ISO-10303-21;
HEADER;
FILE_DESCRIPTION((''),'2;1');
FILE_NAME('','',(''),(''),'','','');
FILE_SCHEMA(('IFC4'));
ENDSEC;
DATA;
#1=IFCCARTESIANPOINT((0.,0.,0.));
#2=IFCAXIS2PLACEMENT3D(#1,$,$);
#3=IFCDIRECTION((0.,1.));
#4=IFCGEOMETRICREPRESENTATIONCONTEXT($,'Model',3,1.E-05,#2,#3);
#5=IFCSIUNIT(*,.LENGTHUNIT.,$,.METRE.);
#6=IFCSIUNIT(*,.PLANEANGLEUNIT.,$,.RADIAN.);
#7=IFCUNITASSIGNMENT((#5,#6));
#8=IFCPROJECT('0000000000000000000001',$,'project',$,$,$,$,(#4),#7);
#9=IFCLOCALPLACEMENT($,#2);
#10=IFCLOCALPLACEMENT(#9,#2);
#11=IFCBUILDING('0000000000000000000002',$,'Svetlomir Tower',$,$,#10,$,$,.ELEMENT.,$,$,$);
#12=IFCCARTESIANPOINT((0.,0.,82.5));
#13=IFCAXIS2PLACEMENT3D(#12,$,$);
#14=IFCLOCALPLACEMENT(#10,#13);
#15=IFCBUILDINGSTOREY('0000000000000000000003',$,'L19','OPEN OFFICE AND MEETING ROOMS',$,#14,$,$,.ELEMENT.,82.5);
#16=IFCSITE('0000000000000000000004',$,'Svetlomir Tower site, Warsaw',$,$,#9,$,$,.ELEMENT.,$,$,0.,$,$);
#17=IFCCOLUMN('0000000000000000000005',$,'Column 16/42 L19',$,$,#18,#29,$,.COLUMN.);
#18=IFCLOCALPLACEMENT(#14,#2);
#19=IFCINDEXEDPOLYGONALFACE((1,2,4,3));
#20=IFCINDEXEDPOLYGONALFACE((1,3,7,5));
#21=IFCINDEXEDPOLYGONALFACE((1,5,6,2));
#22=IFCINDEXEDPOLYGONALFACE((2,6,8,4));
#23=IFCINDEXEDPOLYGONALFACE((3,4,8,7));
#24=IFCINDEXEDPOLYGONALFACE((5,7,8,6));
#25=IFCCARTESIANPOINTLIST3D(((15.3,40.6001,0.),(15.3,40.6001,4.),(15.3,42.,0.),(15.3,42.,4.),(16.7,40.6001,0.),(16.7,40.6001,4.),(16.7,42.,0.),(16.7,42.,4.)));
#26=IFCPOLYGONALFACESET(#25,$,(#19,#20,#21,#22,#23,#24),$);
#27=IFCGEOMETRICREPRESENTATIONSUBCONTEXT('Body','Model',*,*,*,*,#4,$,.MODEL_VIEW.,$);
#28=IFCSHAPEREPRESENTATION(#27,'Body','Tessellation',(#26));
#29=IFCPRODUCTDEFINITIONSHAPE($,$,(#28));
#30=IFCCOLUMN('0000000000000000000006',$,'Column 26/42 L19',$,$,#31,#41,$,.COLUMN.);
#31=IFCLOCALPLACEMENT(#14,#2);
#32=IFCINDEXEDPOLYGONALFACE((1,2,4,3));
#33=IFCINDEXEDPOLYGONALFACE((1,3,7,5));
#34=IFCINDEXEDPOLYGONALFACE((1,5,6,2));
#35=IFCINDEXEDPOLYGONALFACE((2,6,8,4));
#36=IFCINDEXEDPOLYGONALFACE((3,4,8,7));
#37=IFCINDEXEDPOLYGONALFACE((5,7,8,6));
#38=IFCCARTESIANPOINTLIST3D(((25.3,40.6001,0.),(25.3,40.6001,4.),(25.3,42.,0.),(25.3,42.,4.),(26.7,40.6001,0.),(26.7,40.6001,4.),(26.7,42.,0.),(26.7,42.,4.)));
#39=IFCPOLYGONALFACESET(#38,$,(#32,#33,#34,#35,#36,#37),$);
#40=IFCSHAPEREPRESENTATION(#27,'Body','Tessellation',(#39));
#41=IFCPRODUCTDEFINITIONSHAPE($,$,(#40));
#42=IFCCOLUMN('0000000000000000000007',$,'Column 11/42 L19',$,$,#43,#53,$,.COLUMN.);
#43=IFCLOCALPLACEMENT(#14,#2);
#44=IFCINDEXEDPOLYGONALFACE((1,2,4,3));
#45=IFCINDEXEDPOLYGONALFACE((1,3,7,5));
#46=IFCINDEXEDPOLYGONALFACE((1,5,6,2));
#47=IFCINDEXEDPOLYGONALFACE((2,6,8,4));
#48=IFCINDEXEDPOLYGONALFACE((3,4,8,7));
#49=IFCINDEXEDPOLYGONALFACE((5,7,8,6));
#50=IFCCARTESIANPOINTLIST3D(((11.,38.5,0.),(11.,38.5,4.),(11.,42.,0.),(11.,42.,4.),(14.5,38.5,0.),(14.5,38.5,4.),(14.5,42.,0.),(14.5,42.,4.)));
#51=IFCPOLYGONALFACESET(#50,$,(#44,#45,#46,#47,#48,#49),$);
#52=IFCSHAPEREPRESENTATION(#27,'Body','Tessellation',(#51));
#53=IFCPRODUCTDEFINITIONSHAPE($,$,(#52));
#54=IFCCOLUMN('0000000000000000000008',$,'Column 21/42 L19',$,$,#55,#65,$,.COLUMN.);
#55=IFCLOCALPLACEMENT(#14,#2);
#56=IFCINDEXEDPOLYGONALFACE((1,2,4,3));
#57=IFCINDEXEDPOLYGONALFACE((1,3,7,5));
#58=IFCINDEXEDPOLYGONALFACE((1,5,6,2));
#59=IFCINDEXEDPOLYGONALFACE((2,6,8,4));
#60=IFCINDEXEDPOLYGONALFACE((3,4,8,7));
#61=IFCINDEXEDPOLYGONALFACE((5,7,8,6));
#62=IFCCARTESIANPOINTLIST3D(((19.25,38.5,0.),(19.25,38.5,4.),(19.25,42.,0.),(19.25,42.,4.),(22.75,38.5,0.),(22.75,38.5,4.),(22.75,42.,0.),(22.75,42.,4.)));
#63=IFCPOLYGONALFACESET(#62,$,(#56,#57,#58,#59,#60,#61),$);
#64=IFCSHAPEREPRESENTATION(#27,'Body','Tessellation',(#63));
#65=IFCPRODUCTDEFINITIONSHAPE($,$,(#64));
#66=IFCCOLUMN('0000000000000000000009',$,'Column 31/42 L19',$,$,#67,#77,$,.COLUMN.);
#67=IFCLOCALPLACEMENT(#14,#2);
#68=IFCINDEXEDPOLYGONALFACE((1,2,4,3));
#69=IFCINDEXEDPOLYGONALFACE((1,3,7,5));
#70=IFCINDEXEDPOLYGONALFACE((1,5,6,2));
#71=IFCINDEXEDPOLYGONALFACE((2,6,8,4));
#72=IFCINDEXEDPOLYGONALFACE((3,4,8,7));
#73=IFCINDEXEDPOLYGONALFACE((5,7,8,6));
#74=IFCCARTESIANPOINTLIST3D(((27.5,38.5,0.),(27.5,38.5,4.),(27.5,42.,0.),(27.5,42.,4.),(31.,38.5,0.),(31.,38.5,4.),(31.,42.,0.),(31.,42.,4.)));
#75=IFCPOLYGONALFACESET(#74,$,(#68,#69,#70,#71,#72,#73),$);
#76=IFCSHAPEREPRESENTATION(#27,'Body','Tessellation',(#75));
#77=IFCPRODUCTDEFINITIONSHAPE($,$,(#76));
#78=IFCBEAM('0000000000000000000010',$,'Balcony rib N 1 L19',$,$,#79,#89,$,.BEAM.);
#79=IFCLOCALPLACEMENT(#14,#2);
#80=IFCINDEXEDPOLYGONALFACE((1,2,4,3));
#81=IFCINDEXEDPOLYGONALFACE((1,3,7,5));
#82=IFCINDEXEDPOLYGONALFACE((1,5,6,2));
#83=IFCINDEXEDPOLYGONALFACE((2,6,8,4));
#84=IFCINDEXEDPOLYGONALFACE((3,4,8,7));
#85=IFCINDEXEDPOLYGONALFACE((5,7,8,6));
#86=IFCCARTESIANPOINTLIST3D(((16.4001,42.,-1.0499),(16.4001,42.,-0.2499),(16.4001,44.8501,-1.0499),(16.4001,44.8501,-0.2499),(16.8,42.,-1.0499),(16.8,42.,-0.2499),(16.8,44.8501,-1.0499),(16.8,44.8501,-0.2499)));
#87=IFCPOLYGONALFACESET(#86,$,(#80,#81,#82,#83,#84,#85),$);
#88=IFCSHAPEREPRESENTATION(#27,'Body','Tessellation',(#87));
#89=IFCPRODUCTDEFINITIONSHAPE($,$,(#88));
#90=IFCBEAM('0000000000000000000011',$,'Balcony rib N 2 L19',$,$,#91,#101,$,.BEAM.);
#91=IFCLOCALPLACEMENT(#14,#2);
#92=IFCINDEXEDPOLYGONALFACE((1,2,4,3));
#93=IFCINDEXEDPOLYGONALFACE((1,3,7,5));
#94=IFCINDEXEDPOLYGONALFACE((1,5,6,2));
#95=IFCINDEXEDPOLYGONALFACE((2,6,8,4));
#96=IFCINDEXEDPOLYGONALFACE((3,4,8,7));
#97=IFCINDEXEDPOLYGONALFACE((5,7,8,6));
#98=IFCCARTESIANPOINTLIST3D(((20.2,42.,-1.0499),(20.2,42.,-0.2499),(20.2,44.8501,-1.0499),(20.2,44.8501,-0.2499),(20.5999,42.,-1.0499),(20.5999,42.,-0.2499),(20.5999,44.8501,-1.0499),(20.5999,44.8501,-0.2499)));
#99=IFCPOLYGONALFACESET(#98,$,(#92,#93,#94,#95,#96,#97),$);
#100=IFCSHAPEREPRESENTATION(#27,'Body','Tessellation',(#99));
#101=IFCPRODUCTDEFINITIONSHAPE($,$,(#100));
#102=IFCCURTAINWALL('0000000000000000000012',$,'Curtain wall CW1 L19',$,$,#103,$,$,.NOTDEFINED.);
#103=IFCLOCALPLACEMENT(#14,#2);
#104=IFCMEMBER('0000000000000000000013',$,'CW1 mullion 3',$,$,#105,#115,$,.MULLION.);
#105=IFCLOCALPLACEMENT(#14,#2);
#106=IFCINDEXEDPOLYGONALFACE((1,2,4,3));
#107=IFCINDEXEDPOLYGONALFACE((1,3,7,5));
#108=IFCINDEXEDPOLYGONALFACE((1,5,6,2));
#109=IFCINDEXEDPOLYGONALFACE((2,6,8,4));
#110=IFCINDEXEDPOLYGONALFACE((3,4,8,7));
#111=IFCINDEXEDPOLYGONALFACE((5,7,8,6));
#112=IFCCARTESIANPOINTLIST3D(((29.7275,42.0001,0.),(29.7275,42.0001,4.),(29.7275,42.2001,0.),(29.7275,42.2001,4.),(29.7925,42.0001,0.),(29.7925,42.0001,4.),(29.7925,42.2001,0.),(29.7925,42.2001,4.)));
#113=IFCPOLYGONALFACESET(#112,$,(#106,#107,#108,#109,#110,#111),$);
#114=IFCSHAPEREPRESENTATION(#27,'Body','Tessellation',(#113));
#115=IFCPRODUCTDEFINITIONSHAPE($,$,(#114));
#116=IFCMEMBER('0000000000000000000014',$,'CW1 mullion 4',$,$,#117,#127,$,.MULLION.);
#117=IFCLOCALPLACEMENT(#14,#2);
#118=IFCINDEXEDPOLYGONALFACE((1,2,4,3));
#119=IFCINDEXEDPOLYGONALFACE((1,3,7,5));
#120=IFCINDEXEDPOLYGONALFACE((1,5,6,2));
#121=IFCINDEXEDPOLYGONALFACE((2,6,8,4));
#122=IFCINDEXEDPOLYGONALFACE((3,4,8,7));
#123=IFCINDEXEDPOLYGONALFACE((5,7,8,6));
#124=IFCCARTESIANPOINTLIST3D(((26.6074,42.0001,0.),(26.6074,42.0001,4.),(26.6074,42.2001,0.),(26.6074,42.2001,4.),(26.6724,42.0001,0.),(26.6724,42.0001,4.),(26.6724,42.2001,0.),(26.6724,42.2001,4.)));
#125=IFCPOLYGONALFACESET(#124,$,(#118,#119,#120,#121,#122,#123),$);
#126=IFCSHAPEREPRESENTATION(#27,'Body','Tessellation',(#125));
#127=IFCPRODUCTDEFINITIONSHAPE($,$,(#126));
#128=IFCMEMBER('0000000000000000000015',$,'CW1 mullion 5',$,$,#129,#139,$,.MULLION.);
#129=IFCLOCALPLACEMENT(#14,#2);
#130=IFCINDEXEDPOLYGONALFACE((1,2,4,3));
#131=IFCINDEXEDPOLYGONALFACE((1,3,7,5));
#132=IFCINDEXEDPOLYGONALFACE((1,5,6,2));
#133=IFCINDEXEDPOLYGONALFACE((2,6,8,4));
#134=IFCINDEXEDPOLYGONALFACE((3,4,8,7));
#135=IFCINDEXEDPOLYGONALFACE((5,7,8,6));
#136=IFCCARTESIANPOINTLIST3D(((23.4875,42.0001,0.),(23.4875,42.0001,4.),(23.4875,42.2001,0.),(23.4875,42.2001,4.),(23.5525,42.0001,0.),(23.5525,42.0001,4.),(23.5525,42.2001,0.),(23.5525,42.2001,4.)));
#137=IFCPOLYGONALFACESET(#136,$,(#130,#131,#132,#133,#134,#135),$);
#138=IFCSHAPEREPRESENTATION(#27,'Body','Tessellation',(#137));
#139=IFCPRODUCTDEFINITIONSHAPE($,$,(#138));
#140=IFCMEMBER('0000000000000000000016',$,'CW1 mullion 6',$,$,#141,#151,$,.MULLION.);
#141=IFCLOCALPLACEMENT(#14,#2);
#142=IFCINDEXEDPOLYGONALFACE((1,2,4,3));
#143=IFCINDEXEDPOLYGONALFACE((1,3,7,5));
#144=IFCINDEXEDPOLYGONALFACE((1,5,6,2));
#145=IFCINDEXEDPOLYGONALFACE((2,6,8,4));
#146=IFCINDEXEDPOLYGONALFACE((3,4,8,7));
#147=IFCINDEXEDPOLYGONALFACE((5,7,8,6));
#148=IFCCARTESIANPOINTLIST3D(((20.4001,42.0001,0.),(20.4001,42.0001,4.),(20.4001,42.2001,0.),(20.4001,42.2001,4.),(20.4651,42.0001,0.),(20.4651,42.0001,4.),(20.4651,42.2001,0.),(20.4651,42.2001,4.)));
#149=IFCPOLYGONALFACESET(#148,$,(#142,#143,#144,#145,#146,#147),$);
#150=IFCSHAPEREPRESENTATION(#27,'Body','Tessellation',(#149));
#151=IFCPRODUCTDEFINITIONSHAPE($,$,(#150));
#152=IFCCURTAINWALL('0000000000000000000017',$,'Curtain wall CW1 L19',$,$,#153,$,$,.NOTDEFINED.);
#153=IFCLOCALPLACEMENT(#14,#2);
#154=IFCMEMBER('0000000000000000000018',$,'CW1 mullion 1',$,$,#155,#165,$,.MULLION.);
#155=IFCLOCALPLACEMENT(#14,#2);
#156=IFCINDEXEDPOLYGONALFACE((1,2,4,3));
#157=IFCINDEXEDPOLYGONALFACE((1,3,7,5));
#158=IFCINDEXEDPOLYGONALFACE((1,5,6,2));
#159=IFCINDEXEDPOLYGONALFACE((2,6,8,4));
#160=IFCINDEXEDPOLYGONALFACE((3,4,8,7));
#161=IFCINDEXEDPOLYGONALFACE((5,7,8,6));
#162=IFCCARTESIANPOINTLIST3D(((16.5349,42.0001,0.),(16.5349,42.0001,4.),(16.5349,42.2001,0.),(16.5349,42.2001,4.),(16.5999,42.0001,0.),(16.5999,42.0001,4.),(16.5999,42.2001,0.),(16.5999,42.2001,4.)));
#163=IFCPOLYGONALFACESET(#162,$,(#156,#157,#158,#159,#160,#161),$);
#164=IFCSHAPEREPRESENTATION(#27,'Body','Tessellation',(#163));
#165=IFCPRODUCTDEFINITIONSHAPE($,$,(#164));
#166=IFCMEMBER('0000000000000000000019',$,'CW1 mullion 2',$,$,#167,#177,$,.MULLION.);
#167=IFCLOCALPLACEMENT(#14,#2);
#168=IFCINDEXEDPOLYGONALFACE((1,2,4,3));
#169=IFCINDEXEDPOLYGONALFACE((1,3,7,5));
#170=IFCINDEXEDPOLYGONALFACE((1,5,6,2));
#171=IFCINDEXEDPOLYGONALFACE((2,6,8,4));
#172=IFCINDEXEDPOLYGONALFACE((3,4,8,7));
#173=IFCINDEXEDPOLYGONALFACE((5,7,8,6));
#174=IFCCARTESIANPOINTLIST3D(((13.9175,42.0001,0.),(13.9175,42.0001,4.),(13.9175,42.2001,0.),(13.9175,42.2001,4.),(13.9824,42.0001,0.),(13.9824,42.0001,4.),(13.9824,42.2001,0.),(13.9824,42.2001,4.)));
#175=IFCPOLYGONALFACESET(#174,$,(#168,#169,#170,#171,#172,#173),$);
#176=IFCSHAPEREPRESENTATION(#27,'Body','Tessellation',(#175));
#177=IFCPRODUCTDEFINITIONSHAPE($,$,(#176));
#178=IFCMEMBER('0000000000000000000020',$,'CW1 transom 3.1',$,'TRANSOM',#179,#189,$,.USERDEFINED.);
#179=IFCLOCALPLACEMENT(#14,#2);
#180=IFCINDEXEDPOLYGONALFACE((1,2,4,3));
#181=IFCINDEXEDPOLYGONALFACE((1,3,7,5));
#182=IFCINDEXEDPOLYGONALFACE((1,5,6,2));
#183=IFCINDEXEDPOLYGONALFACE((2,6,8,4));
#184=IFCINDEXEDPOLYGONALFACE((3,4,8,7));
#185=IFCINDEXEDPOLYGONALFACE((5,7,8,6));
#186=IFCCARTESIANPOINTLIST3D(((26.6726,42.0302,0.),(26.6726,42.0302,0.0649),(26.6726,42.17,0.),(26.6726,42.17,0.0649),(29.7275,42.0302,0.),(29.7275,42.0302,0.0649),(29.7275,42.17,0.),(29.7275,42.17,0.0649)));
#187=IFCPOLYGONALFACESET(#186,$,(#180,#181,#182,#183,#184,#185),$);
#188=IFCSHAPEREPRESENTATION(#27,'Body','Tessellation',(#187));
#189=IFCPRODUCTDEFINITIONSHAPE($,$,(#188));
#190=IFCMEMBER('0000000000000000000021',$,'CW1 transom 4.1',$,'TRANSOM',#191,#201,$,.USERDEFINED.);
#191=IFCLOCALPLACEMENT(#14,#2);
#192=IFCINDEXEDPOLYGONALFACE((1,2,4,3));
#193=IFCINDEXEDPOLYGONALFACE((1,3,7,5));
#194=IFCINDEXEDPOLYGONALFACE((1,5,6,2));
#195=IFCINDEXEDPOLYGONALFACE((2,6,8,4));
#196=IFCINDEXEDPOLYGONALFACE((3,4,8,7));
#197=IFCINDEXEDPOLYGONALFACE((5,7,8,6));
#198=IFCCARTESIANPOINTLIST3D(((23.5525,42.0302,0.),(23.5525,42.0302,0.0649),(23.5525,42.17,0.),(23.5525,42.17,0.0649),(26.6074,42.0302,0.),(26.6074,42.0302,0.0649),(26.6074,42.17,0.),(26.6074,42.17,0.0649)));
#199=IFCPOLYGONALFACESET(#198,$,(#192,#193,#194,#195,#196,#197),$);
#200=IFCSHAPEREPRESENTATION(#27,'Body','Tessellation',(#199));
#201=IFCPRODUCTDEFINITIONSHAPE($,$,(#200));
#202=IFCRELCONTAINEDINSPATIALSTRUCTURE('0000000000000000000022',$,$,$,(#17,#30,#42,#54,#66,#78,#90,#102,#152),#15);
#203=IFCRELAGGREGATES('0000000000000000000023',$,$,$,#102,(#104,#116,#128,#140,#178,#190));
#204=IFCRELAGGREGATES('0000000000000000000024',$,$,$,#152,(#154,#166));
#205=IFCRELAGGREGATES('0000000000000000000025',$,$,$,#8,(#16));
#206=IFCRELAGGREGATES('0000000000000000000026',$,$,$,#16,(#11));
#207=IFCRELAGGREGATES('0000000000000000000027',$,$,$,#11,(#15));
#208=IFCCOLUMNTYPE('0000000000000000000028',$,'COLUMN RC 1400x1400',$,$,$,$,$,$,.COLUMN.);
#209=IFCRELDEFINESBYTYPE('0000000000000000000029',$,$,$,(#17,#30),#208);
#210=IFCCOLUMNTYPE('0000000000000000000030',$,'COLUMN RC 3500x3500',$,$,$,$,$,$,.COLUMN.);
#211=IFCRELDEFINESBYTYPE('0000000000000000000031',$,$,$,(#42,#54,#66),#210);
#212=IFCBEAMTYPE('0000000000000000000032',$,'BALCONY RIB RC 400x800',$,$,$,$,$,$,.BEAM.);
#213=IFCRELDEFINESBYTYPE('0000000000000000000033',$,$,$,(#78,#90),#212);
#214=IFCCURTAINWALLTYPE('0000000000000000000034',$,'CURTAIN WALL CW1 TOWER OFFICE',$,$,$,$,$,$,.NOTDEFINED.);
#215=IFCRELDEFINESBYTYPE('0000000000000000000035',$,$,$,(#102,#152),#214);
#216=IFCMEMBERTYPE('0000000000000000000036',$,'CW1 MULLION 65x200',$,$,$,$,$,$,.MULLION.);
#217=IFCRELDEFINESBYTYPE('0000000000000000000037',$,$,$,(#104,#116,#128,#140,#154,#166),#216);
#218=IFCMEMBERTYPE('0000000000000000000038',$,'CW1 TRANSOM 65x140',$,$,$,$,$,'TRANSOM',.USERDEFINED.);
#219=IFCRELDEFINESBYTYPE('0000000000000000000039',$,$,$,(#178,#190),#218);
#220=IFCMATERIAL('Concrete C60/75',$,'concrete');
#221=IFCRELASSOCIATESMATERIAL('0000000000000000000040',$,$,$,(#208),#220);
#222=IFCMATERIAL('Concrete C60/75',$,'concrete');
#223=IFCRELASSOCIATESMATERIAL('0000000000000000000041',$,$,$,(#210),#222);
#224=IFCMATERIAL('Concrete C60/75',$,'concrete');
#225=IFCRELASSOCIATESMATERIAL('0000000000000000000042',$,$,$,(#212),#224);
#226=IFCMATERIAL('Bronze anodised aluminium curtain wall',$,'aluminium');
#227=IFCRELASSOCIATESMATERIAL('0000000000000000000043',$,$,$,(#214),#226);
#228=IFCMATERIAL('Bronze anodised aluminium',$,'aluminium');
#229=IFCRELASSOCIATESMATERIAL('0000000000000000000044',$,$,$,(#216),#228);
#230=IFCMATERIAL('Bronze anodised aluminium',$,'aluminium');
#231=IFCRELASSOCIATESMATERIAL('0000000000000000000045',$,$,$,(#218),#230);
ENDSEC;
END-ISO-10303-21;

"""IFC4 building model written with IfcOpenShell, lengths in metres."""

from ifc_helpers import new_model, si_unit, direction, frame, origin, origin_2d, place, context, subcontext, project, spatial, rectangle, extrude, material, material_profile, profile_set, type_object, element, aggregate, save


model = new_model("IFC4")

# Units and contexts
model_context = context("Model", 3, precision=1e-05, world=origin(), true_north=direction((0.0, 1.0)))
body_context = subcontext(model_context, "Body", "Model", "MODEL_VIEW")
ifc_project = project(units=[si_unit("LENGTHUNIT", "METRE"), si_unit("PLANEANGLEUNIT", "RADIAN")], contexts=[model_context])

# Site, building, storey
site_placement = place(None, origin())
site = spatial("IfcSite", under=ifc_project, at=site_placement, Name="Svetlomir Tower site, Warsaw", CompositionType="ELEMENT", RefElevation=0.0)
building_placement = place(site_placement, origin())
building = spatial("IfcBuilding", under=site, at=building_placement, Name="Svetlomir Tower", CompositionType="ELEMENT")
storey_placement = place(building_placement, frame((0.0, 0.0, 82.5)))
storey = spatial("IfcBuildingStorey", under=building, at=storey_placement, Name="L19", Description="OPEN OFFICE AND MEETING ROOMS", CompositionType="ELEMENT", Elevation=82.5)

# Columns
ifc_material_1 = material(Name="Concrete C60/75", Category="concrete")
ifc_material_profile_1 = material_profile(ifc_material_1, rectangle(XDim=1.3999, YDim=1.3999, at=origin_2d()), Name="RC 1400x1400")
ifc_profile_set_1 = profile_set([ifc_material_profile_1], Name="Concrete C60/75")
column_type_1 = type_object("IfcColumnType", Name="COLUMN RC 1400x1400", PredefinedType="COLUMN", material=ifc_profile_set_1)
for number, where, z_axis, x_axis, name in (
    (1, (16.0, 41.3, 0.0), (0.0, 0.0, 1.0), (1.0, 0.0, 0.0), "Column 16/42 L19"),
    (2, (26.0, 41.3, 0.0), (0.0, 0.0, 1.0), (1.0, 0.0, 0.0), "Column 26/42 L19"),
):
    element("IfcColumn", number, at=place(storey_placement, frame(where, z_axis=z_axis, x_axis=x_axis)), inside=storey, type_object=column_type_1, Name=name, PredefinedType="COLUMN", context=body_context, shape_type="SweptSolid", body=[
        extrude(rectangle(XDim=1.3999, YDim=1.3999, at=origin_2d()), origin(), (0.0, 0.0, 1.0), 4.0),
    ])
ifc_material_2 = material(Name="Concrete C60/75", Category="concrete")
ifc_material_profile_2 = material_profile(ifc_material_2, rectangle(XDim=3.5, YDim=3.5, at=origin_2d()), Name="RC 3500x3500")
ifc_profile_set_2 = profile_set([ifc_material_profile_2], Name="Concrete C60/75")
column_type_2 = type_object("IfcColumnType", Name="COLUMN RC 3500x3500", PredefinedType="COLUMN", material=ifc_profile_set_2)
for number, where, z_axis, x_axis, name in (
    (3, (12.75, 40.25, 0.0), (0.0, 0.0, 1.0), (1.0, 0.0, 0.0), "Column 11/42 L19"),
    (4, (21.0, 40.25, 0.0), (0.0, 0.0, 1.0), (1.0, 0.0, 0.0), "Column 21/42 L19"),
    (5, (29.25, 40.25, 0.0), (0.0, 0.0, 1.0), (1.0, 0.0, 0.0), "Column 31/42 L19"),
):
    element("IfcColumn", number, at=place(storey_placement, frame(where, z_axis=z_axis, x_axis=x_axis)), inside=storey, type_object=column_type_2, Name=name, PredefinedType="COLUMN", context=body_context, shape_type="SweptSolid", body=[
        extrude(rectangle(XDim=3.5, YDim=3.5, at=origin_2d()), origin(), (0.0, 0.0, 1.0), 4.0),
    ])

# Beams
ifc_material_3 = material(Name="Concrete C60/75", Category="concrete")
ifc_material_profile_3 = material_profile(ifc_material_3, rectangle(XDim=0.3999, YDim=0.8, at=origin_2d()), Name="RC 400x800")
ifc_profile_set_3 = profile_set([ifc_material_profile_3], Name="Concrete C60/75")
beam_type_1 = type_object("IfcBeamType", Name="BALCONY RIB RC 400x800", PredefinedType="BEAM", material=ifc_profile_set_3)
for number, where, z_axis, x_axis, name in (
    (6, (16.6001, 42.0, -0.6499), (0.0, 1.0, 0.0), (-1.0, 0.0, 0.0), "Balcony rib N 1 L19"),
    (7, (20.3999, 42.0, -0.6499), (0.0, 1.0, 0.0), (-1.0, 0.0, 0.0), "Balcony rib N 2 L19"),
):
    element("IfcBeam", number, at=place(storey_placement, frame(where, z_axis=z_axis, x_axis=x_axis)), inside=storey, type_object=beam_type_1, Name=name, PredefinedType="BEAM", context=body_context, shape_type="SweptSolid", body=[
        extrude(rectangle(XDim=0.3999, YDim=0.8, at=origin_2d()), origin(), (0.0, 0.0, 1.0), 2.8501),
    ])

# Curtain walls, members
ifc_material_4 = material(Name="Bronze anodised aluminium curtain wall", Category="aluminium")
curtain_wall_type = type_object("IfcCurtainWallType", Name="CURTAIN WALL CW1 TOWER OFFICE", PredefinedType="NOTDEFINED", material=ifc_material_4)
curtain_wall_1_placement = place(storey_placement, origin())
curtain_wall_1 = element("IfcCurtainWall", 8, at=curtain_wall_1_placement, inside=storey, type_object=curtain_wall_type, Name="Curtain wall CW1 L19", PredefinedType="NOTDEFINED")
ifc_material_5 = material(Name="Bronze anodised aluminium", Category="aluminium")
ifc_material_profile_4 = material_profile(ifc_material_5, rectangle(XDim=0.0649, YDim=0.2, at=origin_2d()), Name="AL 65x200")
ifc_profile_set_4 = profile_set([ifc_material_profile_4], Name="Bronze anodised aluminium 6063-T6")
member_type_1 = type_object("IfcMemberType", Name="CW1 MULLION 65x200", PredefinedType="MULLION", material=ifc_profile_set_4)
member_1_placement = place(storey_placement, frame((29.76, 42.1001, 0.0), z_axis=(0.0, 0.0, 1.0), x_axis=(-1.0, 0.0, 0.0)))
member_1 = element("IfcMember", 9, at=member_1_placement, type_object=member_type_1, Name="CW1 mullion 3", PredefinedType="MULLION", context=body_context, shape_type="SweptSolid", body=[
    extrude(rectangle(XDim=0.0649, YDim=0.2, at=origin_2d()), origin(), (0.0, 0.0, 1.0), 4.0),
])
member_2_placement = place(storey_placement, frame((26.6399, 42.1001, 0.0), z_axis=(0.0, 0.0, 1.0), x_axis=(-1.0, 0.0, 0.0)))
member_2 = element("IfcMember", 10, at=member_2_placement, type_object=member_type_1, Name="CW1 mullion 4", PredefinedType="MULLION", context=body_context, shape_type="SweptSolid", body=[
    extrude(rectangle(XDim=0.0649, YDim=0.2, at=origin_2d()), origin(), (0.0, 0.0, 1.0), 4.0),
])
member_3_placement = place(storey_placement, frame((23.52, 42.1001, 0.0), z_axis=(0.0, 0.0, 1.0), x_axis=(-1.0, 0.0, 0.0)))
member_3 = element("IfcMember", 11, at=member_3_placement, type_object=member_type_1, Name="CW1 mullion 5", PredefinedType="MULLION", context=body_context, shape_type="SweptSolid", body=[
    extrude(rectangle(XDim=0.0649, YDim=0.2, at=origin_2d()), origin(), (0.0, 0.0, 1.0), 4.0),
])
member_4_placement = place(storey_placement, frame((20.4326, 42.1001, 0.0), z_axis=(0.0, 0.0, 1.0), x_axis=(-1.0, 0.0, 0.0)))
member_4 = element("IfcMember", 12, at=member_4_placement, type_object=member_type_1, Name="CW1 mullion 6", PredefinedType="MULLION", context=body_context, shape_type="SweptSolid", body=[
    extrude(rectangle(XDim=0.0649, YDim=0.2, at=origin_2d()), origin(), (0.0, 0.0, 1.0), 4.0),
])
curtain_wall_2_placement = place(storey_placement, origin())
curtain_wall_2 = element("IfcCurtainWall", 13, at=curtain_wall_2_placement, inside=storey, type_object=curtain_wall_type, Name="Curtain wall CW1 L19", PredefinedType="NOTDEFINED")
member_5_placement = place(storey_placement, frame((16.5674, 42.1001, 0.0), z_axis=(0.0, 0.0, 1.0), x_axis=(-1.0, 0.0, 0.0)))
member_5 = element("IfcMember", 14, at=member_5_placement, type_object=member_type_1, Name="CW1 mullion 1", PredefinedType="MULLION", context=body_context, shape_type="SweptSolid", body=[
    extrude(rectangle(XDim=0.0649, YDim=0.2, at=origin_2d()), origin(), (0.0, 0.0, 1.0), 4.0),
])
member_6_placement = place(storey_placement, frame((13.95, 42.1001, 0.0), z_axis=(0.0, 0.0, 1.0), x_axis=(-1.0, 0.0, 0.0)))
member_6 = element("IfcMember", 15, at=member_6_placement, type_object=member_type_1, Name="CW1 mullion 2", PredefinedType="MULLION", context=body_context, shape_type="SweptSolid", body=[
    extrude(rectangle(XDim=0.0649, YDim=0.2, at=origin_2d()), origin(), (0.0, 0.0, 1.0), 4.0),
])

# Members
ifc_material_6 = material(Name="Bronze anodised aluminium", Category="aluminium")
ifc_material_profile_5 = material_profile(ifc_material_6, rectangle(XDim=0.1399, YDim=0.0649, at=origin_2d()), Name="AL 140x65")
ifc_profile_set_5 = profile_set([ifc_material_profile_5], Name="Bronze anodised aluminium 6063-T6")
member_type_2 = type_object("IfcMemberType", Name="CW1 TRANSOM 65x140", ElementType="TRANSOM", PredefinedType="USERDEFINED", material=ifc_profile_set_5)
member_7_placement = place(storey_placement, frame((29.7275, 42.1001, 0.0325), z_axis=(-1.0, 0.0, 0.0), x_axis=(0.0, -1.0, 0.0)))
member_7 = element("IfcMember", 16, at=member_7_placement, type_object=member_type_2, Name="CW1 transom 3.1", ObjectType="TRANSOM", PredefinedType="USERDEFINED", context=body_context, shape_type="SweptSolid", body=[
    extrude(rectangle(XDim=0.1399, YDim=0.0649, at=origin_2d()), origin(), (0.0, 0.0, 1.0), 3.0549),
])
member_8_placement = place(storey_placement, frame((26.6074, 42.1001, 0.0325), z_axis=(-1.0, 0.0, 0.0), x_axis=(0.0, -1.0, 0.0)))
member_8 = element("IfcMember", 17, at=member_8_placement, type_object=member_type_2, Name="CW1 transom 4.1", ObjectType="TRANSOM", PredefinedType="USERDEFINED", context=body_context, shape_type="SweptSolid", body=[
    extrude(rectangle(XDim=0.1399, YDim=0.0649, at=origin_2d()), origin(), (0.0, 0.0, 1.0), 3.0549),
])

aggregate(curtain_wall_1, [member_1, member_2, member_3, member_4, member_7, member_8])
aggregate(curtain_wall_2, [member_5, member_6])

save(model, "model.ifc")
